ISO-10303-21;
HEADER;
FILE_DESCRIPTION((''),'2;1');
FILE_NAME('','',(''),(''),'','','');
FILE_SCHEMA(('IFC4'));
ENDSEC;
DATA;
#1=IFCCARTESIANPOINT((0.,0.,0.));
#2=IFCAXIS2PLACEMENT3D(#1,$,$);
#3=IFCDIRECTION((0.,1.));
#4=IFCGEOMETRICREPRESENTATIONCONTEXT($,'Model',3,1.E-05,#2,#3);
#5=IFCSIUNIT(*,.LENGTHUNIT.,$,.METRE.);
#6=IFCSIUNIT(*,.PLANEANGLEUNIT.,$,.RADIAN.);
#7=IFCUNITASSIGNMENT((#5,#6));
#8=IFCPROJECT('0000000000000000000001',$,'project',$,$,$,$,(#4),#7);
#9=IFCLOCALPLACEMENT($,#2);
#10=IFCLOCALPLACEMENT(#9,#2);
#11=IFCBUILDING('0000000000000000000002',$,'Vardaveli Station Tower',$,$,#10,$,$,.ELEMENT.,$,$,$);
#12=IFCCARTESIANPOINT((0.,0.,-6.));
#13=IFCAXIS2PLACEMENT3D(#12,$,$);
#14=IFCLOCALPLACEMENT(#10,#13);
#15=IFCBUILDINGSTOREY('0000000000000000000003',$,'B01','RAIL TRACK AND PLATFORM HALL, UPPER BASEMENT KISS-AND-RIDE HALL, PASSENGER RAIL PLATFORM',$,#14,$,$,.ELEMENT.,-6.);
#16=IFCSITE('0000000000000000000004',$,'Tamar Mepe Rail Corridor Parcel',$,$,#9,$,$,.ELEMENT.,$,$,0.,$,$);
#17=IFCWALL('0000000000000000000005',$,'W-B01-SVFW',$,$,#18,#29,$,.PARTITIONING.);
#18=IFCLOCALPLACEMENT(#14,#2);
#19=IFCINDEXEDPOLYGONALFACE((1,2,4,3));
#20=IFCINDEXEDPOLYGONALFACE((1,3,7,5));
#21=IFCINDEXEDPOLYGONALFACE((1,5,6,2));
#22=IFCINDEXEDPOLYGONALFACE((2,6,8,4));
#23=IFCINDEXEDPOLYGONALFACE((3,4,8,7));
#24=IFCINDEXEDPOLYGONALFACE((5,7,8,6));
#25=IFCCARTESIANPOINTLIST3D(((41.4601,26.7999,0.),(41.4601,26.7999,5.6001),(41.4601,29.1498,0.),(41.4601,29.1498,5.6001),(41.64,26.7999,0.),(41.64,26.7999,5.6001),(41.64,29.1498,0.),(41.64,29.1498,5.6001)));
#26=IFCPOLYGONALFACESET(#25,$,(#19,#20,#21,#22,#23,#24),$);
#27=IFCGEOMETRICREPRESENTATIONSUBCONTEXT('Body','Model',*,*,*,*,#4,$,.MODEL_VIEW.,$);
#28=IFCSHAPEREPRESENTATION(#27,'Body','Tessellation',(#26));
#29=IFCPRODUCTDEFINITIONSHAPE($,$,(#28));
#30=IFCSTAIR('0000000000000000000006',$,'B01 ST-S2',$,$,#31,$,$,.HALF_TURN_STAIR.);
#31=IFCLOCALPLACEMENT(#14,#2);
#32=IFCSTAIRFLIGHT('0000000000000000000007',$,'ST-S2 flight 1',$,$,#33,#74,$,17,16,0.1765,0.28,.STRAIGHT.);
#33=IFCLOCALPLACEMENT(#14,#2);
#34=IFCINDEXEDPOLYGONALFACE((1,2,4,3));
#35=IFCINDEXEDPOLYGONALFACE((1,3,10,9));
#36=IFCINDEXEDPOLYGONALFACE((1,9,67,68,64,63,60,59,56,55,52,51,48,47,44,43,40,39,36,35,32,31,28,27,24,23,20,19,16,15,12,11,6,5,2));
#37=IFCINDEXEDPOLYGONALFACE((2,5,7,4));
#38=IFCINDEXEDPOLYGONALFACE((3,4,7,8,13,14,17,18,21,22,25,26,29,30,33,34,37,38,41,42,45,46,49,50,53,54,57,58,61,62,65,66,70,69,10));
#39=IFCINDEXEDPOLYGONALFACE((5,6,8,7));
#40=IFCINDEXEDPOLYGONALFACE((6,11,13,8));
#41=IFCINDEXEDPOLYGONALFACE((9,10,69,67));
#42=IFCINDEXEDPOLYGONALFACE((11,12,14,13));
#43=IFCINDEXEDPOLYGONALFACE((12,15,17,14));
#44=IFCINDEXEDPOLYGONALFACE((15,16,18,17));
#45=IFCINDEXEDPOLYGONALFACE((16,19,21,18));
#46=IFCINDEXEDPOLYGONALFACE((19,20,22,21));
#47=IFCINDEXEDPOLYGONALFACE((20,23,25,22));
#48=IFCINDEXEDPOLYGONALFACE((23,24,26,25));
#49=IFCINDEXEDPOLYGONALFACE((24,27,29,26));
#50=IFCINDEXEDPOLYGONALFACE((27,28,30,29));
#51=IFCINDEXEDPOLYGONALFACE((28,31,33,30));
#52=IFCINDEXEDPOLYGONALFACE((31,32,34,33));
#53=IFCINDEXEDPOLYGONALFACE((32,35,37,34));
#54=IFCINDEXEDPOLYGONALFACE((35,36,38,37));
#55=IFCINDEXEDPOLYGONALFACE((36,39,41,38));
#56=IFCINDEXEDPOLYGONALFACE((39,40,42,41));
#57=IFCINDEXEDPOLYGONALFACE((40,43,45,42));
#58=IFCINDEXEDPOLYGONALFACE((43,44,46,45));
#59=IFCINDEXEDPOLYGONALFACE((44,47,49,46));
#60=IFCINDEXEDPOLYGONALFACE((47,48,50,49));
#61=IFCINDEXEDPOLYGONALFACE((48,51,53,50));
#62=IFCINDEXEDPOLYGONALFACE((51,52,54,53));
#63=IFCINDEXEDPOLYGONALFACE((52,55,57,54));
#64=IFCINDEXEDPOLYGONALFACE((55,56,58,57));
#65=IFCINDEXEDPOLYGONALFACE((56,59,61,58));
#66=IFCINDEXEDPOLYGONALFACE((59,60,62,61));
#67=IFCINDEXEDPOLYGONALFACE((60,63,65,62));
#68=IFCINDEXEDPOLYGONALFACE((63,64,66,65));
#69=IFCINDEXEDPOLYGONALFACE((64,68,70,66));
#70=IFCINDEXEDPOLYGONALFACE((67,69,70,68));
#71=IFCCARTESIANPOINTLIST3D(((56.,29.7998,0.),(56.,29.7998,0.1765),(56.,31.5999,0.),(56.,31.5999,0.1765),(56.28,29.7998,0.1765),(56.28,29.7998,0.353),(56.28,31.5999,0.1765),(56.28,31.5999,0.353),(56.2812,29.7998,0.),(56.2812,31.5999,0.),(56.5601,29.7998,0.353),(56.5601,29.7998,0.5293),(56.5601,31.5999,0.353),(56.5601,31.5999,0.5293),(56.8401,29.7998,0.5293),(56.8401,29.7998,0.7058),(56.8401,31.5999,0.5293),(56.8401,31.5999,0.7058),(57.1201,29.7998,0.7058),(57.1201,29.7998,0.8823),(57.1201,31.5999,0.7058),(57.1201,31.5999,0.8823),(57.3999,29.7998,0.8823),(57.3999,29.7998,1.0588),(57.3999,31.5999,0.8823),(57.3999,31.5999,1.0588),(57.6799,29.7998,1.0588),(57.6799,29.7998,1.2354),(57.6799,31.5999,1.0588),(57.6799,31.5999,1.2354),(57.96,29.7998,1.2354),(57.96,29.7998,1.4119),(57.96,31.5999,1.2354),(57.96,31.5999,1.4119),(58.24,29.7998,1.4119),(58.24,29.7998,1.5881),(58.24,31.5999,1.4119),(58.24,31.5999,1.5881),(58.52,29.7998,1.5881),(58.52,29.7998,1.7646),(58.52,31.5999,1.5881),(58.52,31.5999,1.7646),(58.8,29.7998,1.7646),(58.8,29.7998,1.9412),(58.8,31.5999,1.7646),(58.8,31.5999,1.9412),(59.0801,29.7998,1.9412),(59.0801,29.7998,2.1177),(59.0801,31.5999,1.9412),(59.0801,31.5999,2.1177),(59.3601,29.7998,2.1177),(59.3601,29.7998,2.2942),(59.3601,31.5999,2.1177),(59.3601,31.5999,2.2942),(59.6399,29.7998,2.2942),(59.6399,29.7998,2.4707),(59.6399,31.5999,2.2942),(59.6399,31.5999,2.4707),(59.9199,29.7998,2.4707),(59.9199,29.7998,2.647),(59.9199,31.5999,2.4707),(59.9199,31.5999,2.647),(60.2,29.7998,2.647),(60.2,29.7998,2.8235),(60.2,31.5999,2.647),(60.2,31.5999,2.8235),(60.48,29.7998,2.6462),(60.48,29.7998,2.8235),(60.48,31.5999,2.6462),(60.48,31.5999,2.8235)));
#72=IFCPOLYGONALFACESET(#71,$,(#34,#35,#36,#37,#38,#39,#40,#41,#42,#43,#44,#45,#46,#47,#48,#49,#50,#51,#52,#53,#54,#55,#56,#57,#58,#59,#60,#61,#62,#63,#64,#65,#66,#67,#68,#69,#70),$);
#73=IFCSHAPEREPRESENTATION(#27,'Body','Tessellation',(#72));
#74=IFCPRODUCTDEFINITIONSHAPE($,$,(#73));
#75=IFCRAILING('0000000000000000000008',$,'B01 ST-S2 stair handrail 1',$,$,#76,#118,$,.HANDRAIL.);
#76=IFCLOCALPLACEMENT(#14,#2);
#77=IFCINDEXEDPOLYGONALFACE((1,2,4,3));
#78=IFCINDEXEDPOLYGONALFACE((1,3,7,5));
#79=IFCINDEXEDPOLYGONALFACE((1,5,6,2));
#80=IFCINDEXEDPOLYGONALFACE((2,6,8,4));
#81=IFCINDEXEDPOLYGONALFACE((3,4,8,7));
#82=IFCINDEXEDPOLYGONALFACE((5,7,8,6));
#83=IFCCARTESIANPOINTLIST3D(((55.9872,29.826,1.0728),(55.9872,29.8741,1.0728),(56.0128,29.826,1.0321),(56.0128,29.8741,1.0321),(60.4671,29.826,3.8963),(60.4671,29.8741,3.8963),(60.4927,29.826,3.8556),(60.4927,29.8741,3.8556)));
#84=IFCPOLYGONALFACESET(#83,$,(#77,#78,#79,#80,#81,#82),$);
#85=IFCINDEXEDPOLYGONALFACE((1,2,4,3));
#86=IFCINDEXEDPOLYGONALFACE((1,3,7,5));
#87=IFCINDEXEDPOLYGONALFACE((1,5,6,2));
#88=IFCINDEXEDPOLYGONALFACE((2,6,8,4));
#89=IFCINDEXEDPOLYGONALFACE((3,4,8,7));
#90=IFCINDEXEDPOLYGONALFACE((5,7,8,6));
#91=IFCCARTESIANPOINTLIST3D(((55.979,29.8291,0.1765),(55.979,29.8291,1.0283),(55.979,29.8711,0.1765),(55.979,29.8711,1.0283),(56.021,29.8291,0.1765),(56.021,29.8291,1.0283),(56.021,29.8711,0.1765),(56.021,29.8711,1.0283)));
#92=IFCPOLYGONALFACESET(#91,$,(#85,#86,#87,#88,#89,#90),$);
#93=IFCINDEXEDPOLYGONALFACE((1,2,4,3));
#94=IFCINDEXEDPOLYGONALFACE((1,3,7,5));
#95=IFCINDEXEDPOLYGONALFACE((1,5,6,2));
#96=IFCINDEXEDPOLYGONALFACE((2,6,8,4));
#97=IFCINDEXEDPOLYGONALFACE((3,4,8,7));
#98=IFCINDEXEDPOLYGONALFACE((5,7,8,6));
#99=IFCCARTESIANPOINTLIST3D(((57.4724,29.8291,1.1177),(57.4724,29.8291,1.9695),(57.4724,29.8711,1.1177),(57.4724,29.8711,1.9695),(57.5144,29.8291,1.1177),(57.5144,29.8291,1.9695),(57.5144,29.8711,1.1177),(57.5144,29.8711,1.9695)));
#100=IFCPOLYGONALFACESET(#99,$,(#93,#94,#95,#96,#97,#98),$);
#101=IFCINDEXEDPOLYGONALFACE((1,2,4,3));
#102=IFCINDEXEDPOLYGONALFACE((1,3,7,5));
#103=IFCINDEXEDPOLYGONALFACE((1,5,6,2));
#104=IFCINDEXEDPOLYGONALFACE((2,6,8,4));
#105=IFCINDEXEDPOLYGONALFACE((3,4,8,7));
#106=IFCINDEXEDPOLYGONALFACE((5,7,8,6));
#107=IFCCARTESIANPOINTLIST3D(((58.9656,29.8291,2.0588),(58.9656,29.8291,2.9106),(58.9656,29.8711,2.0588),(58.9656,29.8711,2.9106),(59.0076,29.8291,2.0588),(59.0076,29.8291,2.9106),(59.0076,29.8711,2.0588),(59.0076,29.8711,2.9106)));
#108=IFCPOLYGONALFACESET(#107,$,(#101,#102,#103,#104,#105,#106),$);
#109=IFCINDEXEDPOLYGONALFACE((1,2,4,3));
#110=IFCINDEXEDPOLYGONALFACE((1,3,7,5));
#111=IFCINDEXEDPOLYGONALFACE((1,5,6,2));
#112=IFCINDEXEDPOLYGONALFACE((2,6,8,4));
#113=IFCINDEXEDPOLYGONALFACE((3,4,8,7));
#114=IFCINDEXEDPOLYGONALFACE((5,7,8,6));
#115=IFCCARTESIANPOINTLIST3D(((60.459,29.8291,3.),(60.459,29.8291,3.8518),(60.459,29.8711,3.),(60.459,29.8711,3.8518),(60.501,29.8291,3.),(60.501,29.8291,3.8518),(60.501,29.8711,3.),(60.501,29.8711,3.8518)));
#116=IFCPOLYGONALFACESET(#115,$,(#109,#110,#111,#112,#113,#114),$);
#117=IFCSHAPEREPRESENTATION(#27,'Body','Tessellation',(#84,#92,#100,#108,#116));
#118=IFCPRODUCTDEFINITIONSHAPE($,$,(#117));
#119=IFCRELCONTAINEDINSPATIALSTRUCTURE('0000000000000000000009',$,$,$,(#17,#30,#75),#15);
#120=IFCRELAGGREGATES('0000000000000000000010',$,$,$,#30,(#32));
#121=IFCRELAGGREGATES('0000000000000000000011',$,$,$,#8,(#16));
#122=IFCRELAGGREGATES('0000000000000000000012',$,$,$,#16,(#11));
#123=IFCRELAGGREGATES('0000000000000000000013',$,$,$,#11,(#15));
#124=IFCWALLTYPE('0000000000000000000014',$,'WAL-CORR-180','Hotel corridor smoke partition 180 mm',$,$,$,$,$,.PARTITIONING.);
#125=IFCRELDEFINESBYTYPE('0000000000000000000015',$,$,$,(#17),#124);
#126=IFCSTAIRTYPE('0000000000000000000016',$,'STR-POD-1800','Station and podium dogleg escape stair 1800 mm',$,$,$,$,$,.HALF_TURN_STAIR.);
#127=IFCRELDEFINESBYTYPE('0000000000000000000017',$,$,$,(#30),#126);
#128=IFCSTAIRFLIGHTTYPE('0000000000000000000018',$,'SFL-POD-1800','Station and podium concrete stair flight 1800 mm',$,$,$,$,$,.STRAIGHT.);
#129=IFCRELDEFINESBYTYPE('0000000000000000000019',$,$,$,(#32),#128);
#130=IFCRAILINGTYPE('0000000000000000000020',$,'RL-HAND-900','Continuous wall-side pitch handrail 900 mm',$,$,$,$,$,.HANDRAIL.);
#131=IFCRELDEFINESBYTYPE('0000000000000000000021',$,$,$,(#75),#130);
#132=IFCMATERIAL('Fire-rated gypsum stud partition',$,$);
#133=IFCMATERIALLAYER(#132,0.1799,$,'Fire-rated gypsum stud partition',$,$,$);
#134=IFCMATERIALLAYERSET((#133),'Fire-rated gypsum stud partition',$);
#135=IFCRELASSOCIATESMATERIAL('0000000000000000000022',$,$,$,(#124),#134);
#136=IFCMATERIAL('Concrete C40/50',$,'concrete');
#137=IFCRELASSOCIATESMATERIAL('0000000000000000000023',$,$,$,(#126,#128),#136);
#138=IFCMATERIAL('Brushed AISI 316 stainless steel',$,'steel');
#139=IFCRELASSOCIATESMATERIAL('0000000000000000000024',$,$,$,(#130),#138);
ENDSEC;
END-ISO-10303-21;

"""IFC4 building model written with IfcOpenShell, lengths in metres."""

from ifc_helpers import new_model, si_unit, direction, frame, frame_2d, origin, origin_2d, place, context, subcontext, project, spatial, polyline, rectangle, outline, extrude, source, transform, mapped, material, layer, layer_set, type_object, element, aggregate, save


model = new_model("IFC4")

# Units and contexts
model_context = context("Model", 3, precision=1e-05, world=origin(), true_north=direction((0.0, 1.0)))
body_context = subcontext(model_context, "Body", "Model", "MODEL_VIEW")
ifc_project = project(units=[si_unit("LENGTHUNIT", "METRE"), si_unit("PLANEANGLEUNIT", "RADIAN")], contexts=[model_context])

# Site, building, storey
site_placement = place(None, origin())
site = spatial("IfcSite", under=ifc_project, at=site_placement, Name="Tamar Mepe Rail Corridor Parcel", CompositionType="ELEMENT", RefElevation=0.0)
building_placement = place(site_placement, origin())
building = spatial("IfcBuilding", under=site, at=building_placement, Name="Vardaveli Station Tower", CompositionType="ELEMENT")
storey_placement = place(building_placement, frame((0.0, 0.0, -6.0)))
storey = spatial("IfcBuildingStorey", under=building, at=storey_placement, Name="B01", Description="RAIL TRACK AND PLATFORM HALL, UPPER BASEMENT KISS-AND-RIDE HALL, PASSENGER RAIL PLATFORM", CompositionType="ELEMENT", Elevation=-6.0)

# Shared definitions
ifc_material_1 = material(Name="Concrete C40/50", Category="concrete")

# Shared definitions
ifc_material_2 = material(Name="Fire-rated gypsum stud partition")
ifc_layer_1 = layer(ifc_material_2, 0.1799, Name="Fire-rated gypsum stud partition")
ifc_layer_set_1 = layer_set([ifc_layer_1], Name="Fire-rated gypsum stud partition")
wall_type_1 = type_object("IfcWallType", Name="WAL-CORR-180", Description="Hotel corridor smoke partition 180 mm", PredefinedType="PARTITIONING", material=ifc_layer_set_1)

# Wall
shared_shape_1 = source(origin(), body_context, "Body", "SweptSolid", [
    extrude(rectangle(XDim=2.3499, YDim=0.1799, at=frame_2d((1.1748, 0.0))), origin(), (0.0, 0.0, 1.0), 5.6001),
])
wall_1_placement = place(storey_placement, frame((41.55, 26.8, 0.0), z_axis=(0.0, 0.0, 1.0), x_axis=(0.0, 1.0, 0.0)))
element("IfcWall", 1, at=wall_1_placement, inside=storey, type_object=wall_type_1, Name="W-B01-SVFW", PredefinedType="PARTITIONING", context=body_context, shape_type="MappedRepresentation", body=[
    mapped(shared_shape_1, transform((0.0, 0.0, 0.0), scale=1.0)),
])

# Stair, stair flight
stair_type = type_object("IfcStairType", Name="STR-POD-1800", Description="Station and podium dogleg escape stair 1800 mm", PredefinedType="HALF_TURN_STAIR", material=ifc_material_1)
stair_placement = place(storey_placement, origin())
stair = element("IfcStair", 2, at=stair_placement, inside=storey, type_object=stair_type, Name="B01 ST-S2", PredefinedType="HALF_TURN_STAIR")
stair_flight_type = type_object("IfcStairFlightType", Name="SFL-POD-1800", Description="Station and podium concrete stair flight 1800 mm", PredefinedType="STRAIGHT", material=ifc_material_1)
shared_shape_2 = source(origin(), body_context, "Body", "SweptSolid", [
    extrude(outline(polyline([(0.0, 0.0), (0.0, 0.1765), (0.28, 0.1765), (0.28, 0.353), (0.5601, 0.353), (0.5601, 0.5293), (0.8401, 0.5293), (0.8401, 0.7058), (1.1201, 0.7058), (1.1201, 0.8823), (1.3999, 0.8823), (1.3999, 1.0588), (1.6799, 1.0588), (1.6799, 1.2354), (1.96, 1.2354), (1.96, 1.4119), (2.24, 1.4119), (2.24, 1.5881), (2.52, 1.5881), (2.52, 1.7646), (2.8, 1.7646), (2.8, 1.9412), (3.0801, 1.9412), (3.0801, 2.1177), (3.3601, 2.1177), (3.3601, 2.2942), (3.6399, 2.2942), (3.6399, 2.4707), (3.9199, 2.4707), (3.9199, 2.647), (4.2, 2.647), (4.2, 2.8235), (4.48, 2.8235), (4.48, 3.0), (4.48, 2.6462), (0.2812, 0.0), (0.0, 0.0)])), frame((0.0, 0.8999, 0.0), z_axis=(0.0, -1.0, 0.0), x_axis=(1.0, 0.0, 0.0)), (0.0, 0.0, 1.0), 1.8),
])
stair_flight_placement = place(storey_placement, frame((56.0, 30.7, 0.0), z_axis=(0.0, 0.0, 1.0), x_axis=(1.0, 0.0, 0.0)))
stair_flight = element("IfcStairFlight", 3, at=stair_flight_placement, type_object=stair_flight_type, Name="ST-S2 flight 1", NumberOfRisers=17, NumberOfTreads=16, PredefinedType="STRAIGHT", RiserHeight=0.1765, TreadLength=0.28, context=body_context, shape_type="MappedRepresentation", body=[
    mapped(shared_shape_2, transform((0.0, 0.0, 0.0), scale=1.0)),
])
aggregate(stair, [stair_flight])

# Railing
ifc_material_3 = material(Name="Brushed AISI 316 stainless steel", Category="steel")
railing_type = type_object("IfcRailingType", Name="RL-HAND-900", Description="Continuous wall-side pitch handrail 900 mm", PredefinedType="HANDRAIL", material=ifc_material_3)
shared_shape_3 = source(origin(), body_context, "Body", "SweptSolid", [
    extrude(rectangle(XDim=0.0481, YDim=0.0481, at=origin_2d()), frame((0.0, 0.0, 0.876), z_axis=(0.845998, 0.0, 0.533186), x_axis=(0.0, 1.0, 0.0)), (0.0, 0.0, 1.0), 5.2954),
    extrude(rectangle(XDim=0.042, YDim=0.042, at=origin_2d()), origin(), (0.0, 0.0, 1.0), 0.8518),
    extrude(rectangle(XDim=0.042, YDim=0.042, at=origin_2d()), frame((1.4934, 0.0, 0.9412)), (0.0, 0.0, 1.0), 0.8518),
    extrude(rectangle(XDim=0.042, YDim=0.042, at=origin_2d()), frame((2.9866, 0.0, 1.8823)), (0.0, 0.0, 1.0), 0.8518),
    extrude(rectangle(XDim=0.042, YDim=0.042, at=origin_2d()), frame((4.48, 0.0, 2.8235)), (0.0, 0.0, 1.0), 0.8518),
])
railing_placement = place(storey_placement, frame((56.0, 29.8501, 0.1765)))
element("IfcRailing", 4, at=railing_placement, inside=storey, type_object=railing_type, Name="B01 ST-S2 stair handrail 1", PredefinedType="HANDRAIL", context=body_context, shape_type="MappedRepresentation", body=[
    mapped(shared_shape_3, transform((0.0, 0.0, 0.0), scale=1.0)),
])

save(model, "model.ifc")
